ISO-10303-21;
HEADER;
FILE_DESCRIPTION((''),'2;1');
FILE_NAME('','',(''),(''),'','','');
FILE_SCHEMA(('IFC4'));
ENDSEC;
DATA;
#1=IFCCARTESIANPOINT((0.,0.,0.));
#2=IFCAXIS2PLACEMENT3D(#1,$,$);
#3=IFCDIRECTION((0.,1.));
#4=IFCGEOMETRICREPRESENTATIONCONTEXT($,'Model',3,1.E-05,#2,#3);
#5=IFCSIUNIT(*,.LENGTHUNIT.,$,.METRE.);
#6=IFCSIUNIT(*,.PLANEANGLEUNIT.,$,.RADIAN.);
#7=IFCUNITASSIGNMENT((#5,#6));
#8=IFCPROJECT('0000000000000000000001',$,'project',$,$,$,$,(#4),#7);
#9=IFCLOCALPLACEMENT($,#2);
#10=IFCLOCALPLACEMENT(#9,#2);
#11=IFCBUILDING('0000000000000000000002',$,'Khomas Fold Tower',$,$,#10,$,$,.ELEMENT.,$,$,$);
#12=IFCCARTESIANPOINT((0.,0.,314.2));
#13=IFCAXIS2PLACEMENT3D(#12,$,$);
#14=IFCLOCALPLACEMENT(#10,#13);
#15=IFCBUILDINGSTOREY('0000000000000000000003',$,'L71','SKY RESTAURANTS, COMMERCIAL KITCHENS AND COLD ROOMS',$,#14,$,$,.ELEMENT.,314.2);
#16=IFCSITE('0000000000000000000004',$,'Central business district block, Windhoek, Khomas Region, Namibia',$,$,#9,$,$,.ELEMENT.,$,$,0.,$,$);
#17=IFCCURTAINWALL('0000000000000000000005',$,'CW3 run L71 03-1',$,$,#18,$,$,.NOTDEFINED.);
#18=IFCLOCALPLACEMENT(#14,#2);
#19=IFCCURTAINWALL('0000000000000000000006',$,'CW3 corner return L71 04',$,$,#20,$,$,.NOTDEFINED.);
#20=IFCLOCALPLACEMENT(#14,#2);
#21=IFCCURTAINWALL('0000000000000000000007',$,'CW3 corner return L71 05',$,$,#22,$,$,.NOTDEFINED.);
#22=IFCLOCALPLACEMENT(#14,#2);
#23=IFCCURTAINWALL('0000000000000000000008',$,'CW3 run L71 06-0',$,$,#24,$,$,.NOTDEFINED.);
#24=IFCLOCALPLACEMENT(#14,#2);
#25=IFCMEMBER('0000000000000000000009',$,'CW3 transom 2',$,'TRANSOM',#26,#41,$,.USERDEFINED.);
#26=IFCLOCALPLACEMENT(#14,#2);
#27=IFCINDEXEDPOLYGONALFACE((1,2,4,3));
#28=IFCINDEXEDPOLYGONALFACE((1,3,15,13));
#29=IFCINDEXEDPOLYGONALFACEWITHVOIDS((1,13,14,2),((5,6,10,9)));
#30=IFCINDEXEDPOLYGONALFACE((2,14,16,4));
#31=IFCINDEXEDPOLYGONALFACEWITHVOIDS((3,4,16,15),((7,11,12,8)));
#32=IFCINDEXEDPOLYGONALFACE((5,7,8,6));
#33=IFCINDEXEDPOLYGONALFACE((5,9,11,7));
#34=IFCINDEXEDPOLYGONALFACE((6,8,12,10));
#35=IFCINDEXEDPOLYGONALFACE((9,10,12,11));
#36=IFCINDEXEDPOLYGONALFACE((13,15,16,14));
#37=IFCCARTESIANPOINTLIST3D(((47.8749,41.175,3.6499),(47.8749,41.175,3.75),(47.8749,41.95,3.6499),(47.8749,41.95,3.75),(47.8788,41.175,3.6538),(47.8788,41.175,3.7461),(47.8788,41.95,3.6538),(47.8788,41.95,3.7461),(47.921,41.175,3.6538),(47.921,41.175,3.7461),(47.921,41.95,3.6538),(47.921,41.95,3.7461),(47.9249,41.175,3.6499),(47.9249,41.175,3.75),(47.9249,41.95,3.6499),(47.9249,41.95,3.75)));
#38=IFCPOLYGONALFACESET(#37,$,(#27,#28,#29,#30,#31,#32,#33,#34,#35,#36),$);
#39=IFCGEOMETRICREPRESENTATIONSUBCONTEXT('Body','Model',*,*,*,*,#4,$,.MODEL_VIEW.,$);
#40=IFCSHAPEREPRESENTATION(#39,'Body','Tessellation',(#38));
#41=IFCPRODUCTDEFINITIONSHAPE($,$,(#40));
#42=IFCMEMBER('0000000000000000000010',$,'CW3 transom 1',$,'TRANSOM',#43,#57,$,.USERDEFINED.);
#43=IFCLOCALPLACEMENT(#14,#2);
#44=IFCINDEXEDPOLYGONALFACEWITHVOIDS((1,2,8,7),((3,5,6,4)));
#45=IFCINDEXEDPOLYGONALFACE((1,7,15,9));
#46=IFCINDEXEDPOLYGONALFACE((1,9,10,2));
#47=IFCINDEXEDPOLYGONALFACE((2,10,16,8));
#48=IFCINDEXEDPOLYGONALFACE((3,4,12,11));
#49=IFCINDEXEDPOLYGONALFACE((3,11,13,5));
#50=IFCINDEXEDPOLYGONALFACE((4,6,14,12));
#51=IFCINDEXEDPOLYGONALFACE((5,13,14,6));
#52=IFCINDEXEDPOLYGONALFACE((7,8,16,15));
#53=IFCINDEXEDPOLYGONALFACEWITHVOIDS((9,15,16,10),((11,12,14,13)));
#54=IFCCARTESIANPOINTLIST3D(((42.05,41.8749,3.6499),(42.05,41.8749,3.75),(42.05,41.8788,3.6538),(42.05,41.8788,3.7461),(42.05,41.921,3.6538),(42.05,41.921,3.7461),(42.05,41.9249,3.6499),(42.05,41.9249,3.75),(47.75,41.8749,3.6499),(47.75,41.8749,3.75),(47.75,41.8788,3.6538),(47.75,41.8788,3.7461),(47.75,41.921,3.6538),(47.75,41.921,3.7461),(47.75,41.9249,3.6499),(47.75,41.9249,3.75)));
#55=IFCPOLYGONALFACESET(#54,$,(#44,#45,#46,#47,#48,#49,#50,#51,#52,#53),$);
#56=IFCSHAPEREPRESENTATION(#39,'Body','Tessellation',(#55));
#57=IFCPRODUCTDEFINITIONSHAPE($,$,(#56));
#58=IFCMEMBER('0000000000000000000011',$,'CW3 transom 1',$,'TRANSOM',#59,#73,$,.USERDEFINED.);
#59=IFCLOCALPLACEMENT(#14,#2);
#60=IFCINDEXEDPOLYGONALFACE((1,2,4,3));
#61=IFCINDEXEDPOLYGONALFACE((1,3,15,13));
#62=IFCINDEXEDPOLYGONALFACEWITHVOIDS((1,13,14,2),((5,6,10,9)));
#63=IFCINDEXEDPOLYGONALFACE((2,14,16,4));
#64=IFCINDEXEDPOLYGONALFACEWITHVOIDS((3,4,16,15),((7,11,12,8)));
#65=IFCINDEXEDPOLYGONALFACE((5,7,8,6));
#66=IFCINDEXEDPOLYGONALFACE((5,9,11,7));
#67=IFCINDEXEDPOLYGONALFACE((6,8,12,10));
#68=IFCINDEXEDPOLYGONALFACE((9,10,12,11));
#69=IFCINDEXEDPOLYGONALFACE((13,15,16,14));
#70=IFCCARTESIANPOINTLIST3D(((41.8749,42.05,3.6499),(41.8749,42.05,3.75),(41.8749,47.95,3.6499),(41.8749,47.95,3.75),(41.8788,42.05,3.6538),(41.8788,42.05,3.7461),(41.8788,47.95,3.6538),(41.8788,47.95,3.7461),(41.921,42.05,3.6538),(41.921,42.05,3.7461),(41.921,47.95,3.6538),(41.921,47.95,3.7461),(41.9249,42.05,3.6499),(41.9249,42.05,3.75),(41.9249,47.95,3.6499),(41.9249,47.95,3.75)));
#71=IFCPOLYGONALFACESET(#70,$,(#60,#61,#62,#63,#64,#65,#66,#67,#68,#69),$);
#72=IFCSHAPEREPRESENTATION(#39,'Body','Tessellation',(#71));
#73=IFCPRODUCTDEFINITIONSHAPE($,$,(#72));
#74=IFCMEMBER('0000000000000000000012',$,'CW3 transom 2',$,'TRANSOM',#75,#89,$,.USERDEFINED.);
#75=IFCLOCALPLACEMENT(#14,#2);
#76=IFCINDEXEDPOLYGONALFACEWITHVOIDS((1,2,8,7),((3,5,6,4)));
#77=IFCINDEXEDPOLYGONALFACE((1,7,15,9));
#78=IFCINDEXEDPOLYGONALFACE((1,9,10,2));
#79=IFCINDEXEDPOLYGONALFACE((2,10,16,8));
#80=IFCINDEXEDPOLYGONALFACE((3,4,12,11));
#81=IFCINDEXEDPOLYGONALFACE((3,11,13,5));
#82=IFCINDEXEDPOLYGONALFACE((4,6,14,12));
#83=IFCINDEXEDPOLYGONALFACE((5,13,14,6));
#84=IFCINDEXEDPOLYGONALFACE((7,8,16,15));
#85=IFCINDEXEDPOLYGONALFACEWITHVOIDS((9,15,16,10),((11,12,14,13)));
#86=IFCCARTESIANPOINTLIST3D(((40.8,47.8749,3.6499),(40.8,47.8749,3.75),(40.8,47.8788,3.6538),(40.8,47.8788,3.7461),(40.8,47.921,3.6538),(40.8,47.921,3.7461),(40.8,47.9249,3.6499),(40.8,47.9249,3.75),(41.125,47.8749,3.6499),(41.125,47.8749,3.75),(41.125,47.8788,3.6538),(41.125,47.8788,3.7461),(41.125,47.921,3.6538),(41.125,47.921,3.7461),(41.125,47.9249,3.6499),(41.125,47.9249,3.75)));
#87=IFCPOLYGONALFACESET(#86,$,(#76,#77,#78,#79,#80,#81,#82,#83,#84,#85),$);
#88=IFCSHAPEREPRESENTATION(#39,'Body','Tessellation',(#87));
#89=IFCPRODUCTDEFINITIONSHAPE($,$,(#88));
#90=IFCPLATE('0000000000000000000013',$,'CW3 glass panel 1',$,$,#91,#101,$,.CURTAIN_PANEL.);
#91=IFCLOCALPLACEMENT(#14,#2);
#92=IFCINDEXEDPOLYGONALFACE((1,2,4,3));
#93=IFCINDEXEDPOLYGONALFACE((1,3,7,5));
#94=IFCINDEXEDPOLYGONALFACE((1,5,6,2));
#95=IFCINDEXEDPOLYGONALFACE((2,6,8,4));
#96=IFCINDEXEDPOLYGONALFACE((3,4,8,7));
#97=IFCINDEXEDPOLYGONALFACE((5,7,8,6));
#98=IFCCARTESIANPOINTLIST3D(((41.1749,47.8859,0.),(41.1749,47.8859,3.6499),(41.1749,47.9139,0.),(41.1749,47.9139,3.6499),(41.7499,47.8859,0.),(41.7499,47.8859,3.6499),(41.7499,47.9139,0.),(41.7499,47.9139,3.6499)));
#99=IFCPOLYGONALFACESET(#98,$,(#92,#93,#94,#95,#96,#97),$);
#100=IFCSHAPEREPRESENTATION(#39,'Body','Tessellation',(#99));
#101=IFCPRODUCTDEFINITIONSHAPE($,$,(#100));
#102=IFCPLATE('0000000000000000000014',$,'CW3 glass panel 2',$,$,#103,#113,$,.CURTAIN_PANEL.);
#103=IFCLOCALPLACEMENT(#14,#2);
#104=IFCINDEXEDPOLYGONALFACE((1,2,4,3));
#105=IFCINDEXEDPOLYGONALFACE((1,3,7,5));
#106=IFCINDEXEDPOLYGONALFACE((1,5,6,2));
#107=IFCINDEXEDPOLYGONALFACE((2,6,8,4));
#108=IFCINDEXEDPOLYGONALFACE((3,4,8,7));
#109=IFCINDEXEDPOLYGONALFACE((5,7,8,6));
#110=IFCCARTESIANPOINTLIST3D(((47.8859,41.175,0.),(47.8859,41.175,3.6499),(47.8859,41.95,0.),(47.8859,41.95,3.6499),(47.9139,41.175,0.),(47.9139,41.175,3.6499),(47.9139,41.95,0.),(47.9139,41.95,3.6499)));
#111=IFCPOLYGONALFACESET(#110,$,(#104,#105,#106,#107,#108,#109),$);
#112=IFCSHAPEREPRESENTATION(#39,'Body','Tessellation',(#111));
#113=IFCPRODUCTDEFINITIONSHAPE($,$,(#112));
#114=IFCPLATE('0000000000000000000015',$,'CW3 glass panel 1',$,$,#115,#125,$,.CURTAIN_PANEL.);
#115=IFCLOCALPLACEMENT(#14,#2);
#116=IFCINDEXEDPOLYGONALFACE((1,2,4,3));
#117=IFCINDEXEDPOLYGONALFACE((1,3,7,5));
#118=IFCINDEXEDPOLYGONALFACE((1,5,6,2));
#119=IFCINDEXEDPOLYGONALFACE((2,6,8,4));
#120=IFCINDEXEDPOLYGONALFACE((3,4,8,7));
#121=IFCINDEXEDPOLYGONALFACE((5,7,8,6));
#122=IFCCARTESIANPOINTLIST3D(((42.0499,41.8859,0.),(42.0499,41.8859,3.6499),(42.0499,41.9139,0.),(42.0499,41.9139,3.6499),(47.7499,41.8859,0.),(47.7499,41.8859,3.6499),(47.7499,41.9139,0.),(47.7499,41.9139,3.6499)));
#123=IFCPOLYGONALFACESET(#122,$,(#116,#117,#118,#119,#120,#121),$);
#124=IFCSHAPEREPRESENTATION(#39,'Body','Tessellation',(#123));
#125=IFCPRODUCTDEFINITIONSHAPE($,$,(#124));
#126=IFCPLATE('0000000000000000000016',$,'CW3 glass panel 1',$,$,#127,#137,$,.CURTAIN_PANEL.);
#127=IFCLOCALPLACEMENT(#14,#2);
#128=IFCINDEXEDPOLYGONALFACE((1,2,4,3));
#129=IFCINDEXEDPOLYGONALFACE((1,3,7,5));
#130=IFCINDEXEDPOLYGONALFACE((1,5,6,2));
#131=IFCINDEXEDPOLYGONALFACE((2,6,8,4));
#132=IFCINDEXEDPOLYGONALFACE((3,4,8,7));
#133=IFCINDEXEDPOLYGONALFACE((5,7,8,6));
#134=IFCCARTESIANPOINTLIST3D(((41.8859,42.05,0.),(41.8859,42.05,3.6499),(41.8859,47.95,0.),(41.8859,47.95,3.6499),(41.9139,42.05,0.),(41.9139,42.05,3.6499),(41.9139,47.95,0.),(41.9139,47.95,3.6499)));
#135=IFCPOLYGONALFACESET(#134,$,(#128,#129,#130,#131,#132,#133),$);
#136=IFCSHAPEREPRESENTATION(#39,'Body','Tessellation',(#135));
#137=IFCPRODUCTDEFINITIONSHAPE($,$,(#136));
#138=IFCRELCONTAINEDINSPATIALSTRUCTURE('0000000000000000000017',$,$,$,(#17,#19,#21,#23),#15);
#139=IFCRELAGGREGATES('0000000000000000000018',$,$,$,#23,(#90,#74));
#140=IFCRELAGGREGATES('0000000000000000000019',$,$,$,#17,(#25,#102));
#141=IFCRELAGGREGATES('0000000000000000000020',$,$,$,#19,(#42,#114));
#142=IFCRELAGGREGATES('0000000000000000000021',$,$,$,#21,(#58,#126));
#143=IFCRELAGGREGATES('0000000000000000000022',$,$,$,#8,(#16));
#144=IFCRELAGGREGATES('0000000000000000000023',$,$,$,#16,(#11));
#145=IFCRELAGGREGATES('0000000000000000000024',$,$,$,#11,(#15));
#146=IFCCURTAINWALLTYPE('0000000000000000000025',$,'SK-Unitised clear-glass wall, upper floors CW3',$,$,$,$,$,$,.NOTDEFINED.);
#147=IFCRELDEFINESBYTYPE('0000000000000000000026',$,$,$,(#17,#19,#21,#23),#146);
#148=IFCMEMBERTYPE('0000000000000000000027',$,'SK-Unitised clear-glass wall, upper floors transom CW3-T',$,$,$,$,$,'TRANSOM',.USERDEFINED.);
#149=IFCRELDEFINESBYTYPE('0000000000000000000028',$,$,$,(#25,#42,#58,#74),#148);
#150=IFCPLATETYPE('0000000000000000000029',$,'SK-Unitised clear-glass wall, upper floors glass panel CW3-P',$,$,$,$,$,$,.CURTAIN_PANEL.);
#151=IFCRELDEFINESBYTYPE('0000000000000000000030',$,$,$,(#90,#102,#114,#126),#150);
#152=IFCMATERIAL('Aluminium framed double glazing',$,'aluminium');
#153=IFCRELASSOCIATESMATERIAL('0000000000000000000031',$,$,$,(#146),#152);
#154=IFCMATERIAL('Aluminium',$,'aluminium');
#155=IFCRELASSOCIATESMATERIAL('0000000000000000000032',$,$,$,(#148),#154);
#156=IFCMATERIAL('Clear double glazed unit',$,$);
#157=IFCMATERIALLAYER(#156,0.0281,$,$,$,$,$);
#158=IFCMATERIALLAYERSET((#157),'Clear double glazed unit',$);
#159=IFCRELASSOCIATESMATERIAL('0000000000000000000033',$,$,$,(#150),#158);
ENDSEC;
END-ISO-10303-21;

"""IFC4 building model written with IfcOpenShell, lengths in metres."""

from ifc_helpers import new_model, si_unit, direction, frame, origin, origin_2d, place, context, subcontext, project, spatial, rectangle, hollow_rectangle, extrude, source, transform, mapped, material, layer, layer_set, material_profile, profile_set, type_object, element, aggregate, save


model = new_model("IFC4")

# Units and contexts
model_context = context("Model", 3, precision=1e-05, world=origin(), true_north=direction((0.0, 1.0)))
body_context = subcontext(model_context, "Body", "Model", "MODEL_VIEW")
ifc_project = project(units=[si_unit("LENGTHUNIT", "METRE"), si_unit("PLANEANGLEUNIT", "RADIAN")], contexts=[model_context])

# Site, building, storey
site_placement = place(None, origin())
site = spatial("IfcSite", under=ifc_project, at=site_placement, Name="Central business district block, Windhoek, Khomas Region, Namibia", CompositionType="ELEMENT", RefElevation=0.0)
building_placement = place(site_placement, origin())
building = spatial("IfcBuilding", under=site, at=building_placement, Name="Khomas Fold Tower", CompositionType="ELEMENT")
storey_placement = place(building_placement, frame((0.0, 0.0, 314.2)))
storey = spatial("IfcBuildingStorey", under=building, at=storey_placement, Name="L71", Description="SKY RESTAURANTS, COMMERCIAL KITCHENS AND COLD ROOMS", CompositionType="ELEMENT", Elevation=314.2)

# Curtain walls
ifc_material_1 = material(Name="Aluminium framed double glazing", Category="aluminium")
curtain_wall_type = type_object("IfcCurtainWallType", Name="SK-Unitised clear-glass wall, upper floors CW3", PredefinedType="NOTDEFINED", material=ifc_material_1)
curtain_wall_1_placement = place(storey_placement, origin())
curtain_wall_1 = element("IfcCurtainWall", 1, at=curtain_wall_1_placement, inside=storey, type_object=curtain_wall_type, Name="CW3 run L71 03-1", PredefinedType="NOTDEFINED")
curtain_wall_2_placement = place(storey_placement, origin())
curtain_wall_2 = element("IfcCurtainWall", 2, at=curtain_wall_2_placement, inside=storey, type_object=curtain_wall_type, Name="CW3 corner return L71 04", PredefinedType="NOTDEFINED")
curtain_wall_3_placement = place(storey_placement, origin())
curtain_wall_3 = element("IfcCurtainWall", 3, at=curtain_wall_3_placement, inside=storey, type_object=curtain_wall_type, Name="CW3 corner return L71 05", PredefinedType="NOTDEFINED")
curtain_wall_4_placement = place(storey_placement, origin())
curtain_wall_4 = element("IfcCurtainWall", 4, at=curtain_wall_4_placement, inside=storey, type_object=curtain_wall_type, Name="CW3 run L71 06-0", PredefinedType="NOTDEFINED")
ifc_material_2 = material(Name="Aluminium", Category="aluminium")
ifc_material_profile_1 = material_profile(ifc_material_2, hollow_rectangle(XDim=0.05, YDim=0.1001, WallThickness=0.0039, at=origin_2d()), Name="SK-Unitised clear-glass wall, upper floors transom CW3-T")
ifc_profile_set_1 = profile_set([ifc_material_profile_1], Name="Aluminium")
member_type_1 = type_object("IfcMemberType", Name="SK-Unitised clear-glass wall, upper floors transom CW3-T", ElementType="TRANSOM", PredefinedType="USERDEFINED", material=ifc_profile_set_1)

# Members
shared_shape_1 = source(origin(), body_context, "Body", "SweptSolid", [
    extrude(hollow_rectangle(XDim=0.05, YDim=0.1001, WallThickness=0.0039, at=origin_2d()), origin(), (0.0, 0.0, 1.0), 0.7749),
])
member_1_placement = place(storey_placement, frame((47.8999, 41.175, 3.7), z_axis=(0.0, 1.0, 0.0), x_axis=(-1.0, 0.0, 0.0)))
member_1 = element("IfcMember", 5, at=member_1_placement, type_object=member_type_1, Name="CW3 transom 2", ObjectType="TRANSOM", PredefinedType="USERDEFINED", context=body_context, shape_type="MappedRepresentation", body=[
    mapped(shared_shape_1, transform((0.0, 0.0, 0.0))),
])
shared_shape_2 = source(origin(), body_context, "Body", "SweptSolid", [
    extrude(hollow_rectangle(XDim=0.05, YDim=0.1001, WallThickness=0.0039, at=origin_2d()), origin(), (0.0, 0.0, 1.0), 5.7),
])
member_2_placement = place(storey_placement, frame((47.75, 41.8999, 3.7), z_axis=(-1.0, 0.0, 0.0), x_axis=(0.0, -1.0, 0.0)))
member_2 = element("IfcMember", 6, at=member_2_placement, type_object=member_type_1, Name="CW3 transom 1", ObjectType="TRANSOM", PredefinedType="USERDEFINED", context=body_context, shape_type="MappedRepresentation", body=[
    mapped(shared_shape_2, transform((0.0, 0.0, 0.0))),
])
shared_shape_3 = source(origin(), body_context, "Body", "SweptSolid", [
    extrude(hollow_rectangle(XDim=0.05, YDim=0.1001, WallThickness=0.0039, at=origin_2d()), origin(), (0.0, 0.0, 1.0), 5.8999),
])
member_3_placement = place(storey_placement, frame((41.8999, 42.05, 3.7), z_axis=(0.0, 1.0, 0.0), x_axis=(-1.0, 0.0, 0.0)))
member_3 = element("IfcMember", 7, at=member_3_placement, type_object=member_type_1, Name="CW3 transom 1", ObjectType="TRANSOM", PredefinedType="USERDEFINED", context=body_context, shape_type="MappedRepresentation", body=[
    mapped(shared_shape_3, transform((0.0, 0.0, 0.0))),
])
shared_shape_4 = source(origin(), body_context, "Body", "SweptSolid", [
    extrude(hollow_rectangle(XDim=0.05, YDim=0.1001, WallThickness=0.0039, at=origin_2d()), origin(), (0.0, 0.0, 1.0), 0.325),
])
member_4_placement = place(storey_placement, frame((41.125, 47.8999, 3.7), z_axis=(-1.0, 0.0, 0.0), x_axis=(0.0, -1.0, 0.0)))
member_4 = element("IfcMember", 8, at=member_4_placement, type_object=member_type_1, Name="CW3 transom 2", ObjectType="TRANSOM", PredefinedType="USERDEFINED", context=body_context, shape_type="MappedRepresentation", body=[
    mapped(shared_shape_4, transform((0.0, 0.0, 0.0))),
])

# Plates
ifc_material_3 = material(Name="Clear double glazed unit")
ifc_layer = layer(ifc_material_3, 0.0281)
ifc_layer_set = layer_set([ifc_layer], Name="Clear double glazed unit")
plate_type = type_object("IfcPlateType", Name="SK-Unitised clear-glass wall, upper floors glass panel CW3-P", PredefinedType="CURTAIN_PANEL", material=ifc_layer_set)
shared_shape_5 = source(origin(), body_context, "Body", "SweptSolid", [
    extrude(rectangle(XDim=0.575, YDim=0.0281, at=origin_2d()), origin(), (0.0, 0.0, 1.0), 3.6499),
])
plate_1_placement = place(storey_placement, frame((41.4624, 47.8999, 0.0), z_axis=(0.0, 0.0, 1.0), x_axis=(-1.0, 0.0, 0.0)))
plate_1 = element("IfcPlate", 9, at=plate_1_placement, type_object=plate_type, Name="CW3 glass panel 1", PredefinedType="CURTAIN_PANEL", context=body_context, shape_type="MappedRepresentation", body=[
    mapped(shared_shape_5, transform((0.0, 0.0, 0.0))),
])
aggregate(curtain_wall_4, [plate_1, member_4])
shared_shape_6 = source(origin(), body_context, "Body", "SweptSolid", [
    extrude(rectangle(XDim=0.7749, YDim=0.0281, at=origin_2d()), origin(), (0.0, 0.0, 1.0), 3.6499),
])
plate_2_placement = place(storey_placement, frame((47.8999, 41.5625, 0.0), z_axis=(0.0, 0.0, 1.0), x_axis=(0.0, 1.0, 0.0)))
plate_2 = element("IfcPlate", 10, at=plate_2_placement, type_object=plate_type, Name="CW3 glass panel 2", PredefinedType="CURTAIN_PANEL", context=body_context, shape_type="MappedRepresentation", body=[
    mapped(shared_shape_6, transform((0.0, 0.0, 0.0))),
])
aggregate(curtain_wall_1, [member_1, plate_2])
shared_shape_7 = source(origin(), body_context, "Body", "SweptSolid", [
    extrude(rectangle(XDim=5.7, YDim=0.0281, at=origin_2d()), origin(), (0.0, 0.0, 1.0), 3.6499),
])
plate_3_placement = place(storey_placement, frame((44.8999, 41.8999, 0.0), z_axis=(0.0, 0.0, 1.0), x_axis=(-1.0, 0.0, 0.0)))
plate_3 = element("IfcPlate", 11, at=plate_3_placement, type_object=plate_type, Name="CW3 glass panel 1", PredefinedType="CURTAIN_PANEL", context=body_context, shape_type="MappedRepresentation", body=[
    mapped(shared_shape_7, transform((0.0, 0.0, 0.0))),
])
aggregate(curtain_wall_2, [member_2, plate_3])
shared_shape_8 = source(origin(), body_context, "Body", "SweptSolid", [
    extrude(rectangle(XDim=5.8999, YDim=0.0281, at=origin_2d()), origin(), (0.0, 0.0, 1.0), 3.6499),
])
plate_4_placement = place(storey_placement, frame((41.8999, 45.0, 0.0), z_axis=(0.0, 0.0, 1.0), x_axis=(0.0, 1.0, 0.0)))
plate_4 = element("IfcPlate", 12, at=plate_4_placement, type_object=plate_type, Name="CW3 glass panel 1", PredefinedType="CURTAIN_PANEL", context=body_context, shape_type="MappedRepresentation", body=[
    mapped(shared_shape_8, transform((0.0, 0.0, 0.0))),
])
aggregate(curtain_wall_3, [member_3, plate_4])

save(model, "model.ifc")
